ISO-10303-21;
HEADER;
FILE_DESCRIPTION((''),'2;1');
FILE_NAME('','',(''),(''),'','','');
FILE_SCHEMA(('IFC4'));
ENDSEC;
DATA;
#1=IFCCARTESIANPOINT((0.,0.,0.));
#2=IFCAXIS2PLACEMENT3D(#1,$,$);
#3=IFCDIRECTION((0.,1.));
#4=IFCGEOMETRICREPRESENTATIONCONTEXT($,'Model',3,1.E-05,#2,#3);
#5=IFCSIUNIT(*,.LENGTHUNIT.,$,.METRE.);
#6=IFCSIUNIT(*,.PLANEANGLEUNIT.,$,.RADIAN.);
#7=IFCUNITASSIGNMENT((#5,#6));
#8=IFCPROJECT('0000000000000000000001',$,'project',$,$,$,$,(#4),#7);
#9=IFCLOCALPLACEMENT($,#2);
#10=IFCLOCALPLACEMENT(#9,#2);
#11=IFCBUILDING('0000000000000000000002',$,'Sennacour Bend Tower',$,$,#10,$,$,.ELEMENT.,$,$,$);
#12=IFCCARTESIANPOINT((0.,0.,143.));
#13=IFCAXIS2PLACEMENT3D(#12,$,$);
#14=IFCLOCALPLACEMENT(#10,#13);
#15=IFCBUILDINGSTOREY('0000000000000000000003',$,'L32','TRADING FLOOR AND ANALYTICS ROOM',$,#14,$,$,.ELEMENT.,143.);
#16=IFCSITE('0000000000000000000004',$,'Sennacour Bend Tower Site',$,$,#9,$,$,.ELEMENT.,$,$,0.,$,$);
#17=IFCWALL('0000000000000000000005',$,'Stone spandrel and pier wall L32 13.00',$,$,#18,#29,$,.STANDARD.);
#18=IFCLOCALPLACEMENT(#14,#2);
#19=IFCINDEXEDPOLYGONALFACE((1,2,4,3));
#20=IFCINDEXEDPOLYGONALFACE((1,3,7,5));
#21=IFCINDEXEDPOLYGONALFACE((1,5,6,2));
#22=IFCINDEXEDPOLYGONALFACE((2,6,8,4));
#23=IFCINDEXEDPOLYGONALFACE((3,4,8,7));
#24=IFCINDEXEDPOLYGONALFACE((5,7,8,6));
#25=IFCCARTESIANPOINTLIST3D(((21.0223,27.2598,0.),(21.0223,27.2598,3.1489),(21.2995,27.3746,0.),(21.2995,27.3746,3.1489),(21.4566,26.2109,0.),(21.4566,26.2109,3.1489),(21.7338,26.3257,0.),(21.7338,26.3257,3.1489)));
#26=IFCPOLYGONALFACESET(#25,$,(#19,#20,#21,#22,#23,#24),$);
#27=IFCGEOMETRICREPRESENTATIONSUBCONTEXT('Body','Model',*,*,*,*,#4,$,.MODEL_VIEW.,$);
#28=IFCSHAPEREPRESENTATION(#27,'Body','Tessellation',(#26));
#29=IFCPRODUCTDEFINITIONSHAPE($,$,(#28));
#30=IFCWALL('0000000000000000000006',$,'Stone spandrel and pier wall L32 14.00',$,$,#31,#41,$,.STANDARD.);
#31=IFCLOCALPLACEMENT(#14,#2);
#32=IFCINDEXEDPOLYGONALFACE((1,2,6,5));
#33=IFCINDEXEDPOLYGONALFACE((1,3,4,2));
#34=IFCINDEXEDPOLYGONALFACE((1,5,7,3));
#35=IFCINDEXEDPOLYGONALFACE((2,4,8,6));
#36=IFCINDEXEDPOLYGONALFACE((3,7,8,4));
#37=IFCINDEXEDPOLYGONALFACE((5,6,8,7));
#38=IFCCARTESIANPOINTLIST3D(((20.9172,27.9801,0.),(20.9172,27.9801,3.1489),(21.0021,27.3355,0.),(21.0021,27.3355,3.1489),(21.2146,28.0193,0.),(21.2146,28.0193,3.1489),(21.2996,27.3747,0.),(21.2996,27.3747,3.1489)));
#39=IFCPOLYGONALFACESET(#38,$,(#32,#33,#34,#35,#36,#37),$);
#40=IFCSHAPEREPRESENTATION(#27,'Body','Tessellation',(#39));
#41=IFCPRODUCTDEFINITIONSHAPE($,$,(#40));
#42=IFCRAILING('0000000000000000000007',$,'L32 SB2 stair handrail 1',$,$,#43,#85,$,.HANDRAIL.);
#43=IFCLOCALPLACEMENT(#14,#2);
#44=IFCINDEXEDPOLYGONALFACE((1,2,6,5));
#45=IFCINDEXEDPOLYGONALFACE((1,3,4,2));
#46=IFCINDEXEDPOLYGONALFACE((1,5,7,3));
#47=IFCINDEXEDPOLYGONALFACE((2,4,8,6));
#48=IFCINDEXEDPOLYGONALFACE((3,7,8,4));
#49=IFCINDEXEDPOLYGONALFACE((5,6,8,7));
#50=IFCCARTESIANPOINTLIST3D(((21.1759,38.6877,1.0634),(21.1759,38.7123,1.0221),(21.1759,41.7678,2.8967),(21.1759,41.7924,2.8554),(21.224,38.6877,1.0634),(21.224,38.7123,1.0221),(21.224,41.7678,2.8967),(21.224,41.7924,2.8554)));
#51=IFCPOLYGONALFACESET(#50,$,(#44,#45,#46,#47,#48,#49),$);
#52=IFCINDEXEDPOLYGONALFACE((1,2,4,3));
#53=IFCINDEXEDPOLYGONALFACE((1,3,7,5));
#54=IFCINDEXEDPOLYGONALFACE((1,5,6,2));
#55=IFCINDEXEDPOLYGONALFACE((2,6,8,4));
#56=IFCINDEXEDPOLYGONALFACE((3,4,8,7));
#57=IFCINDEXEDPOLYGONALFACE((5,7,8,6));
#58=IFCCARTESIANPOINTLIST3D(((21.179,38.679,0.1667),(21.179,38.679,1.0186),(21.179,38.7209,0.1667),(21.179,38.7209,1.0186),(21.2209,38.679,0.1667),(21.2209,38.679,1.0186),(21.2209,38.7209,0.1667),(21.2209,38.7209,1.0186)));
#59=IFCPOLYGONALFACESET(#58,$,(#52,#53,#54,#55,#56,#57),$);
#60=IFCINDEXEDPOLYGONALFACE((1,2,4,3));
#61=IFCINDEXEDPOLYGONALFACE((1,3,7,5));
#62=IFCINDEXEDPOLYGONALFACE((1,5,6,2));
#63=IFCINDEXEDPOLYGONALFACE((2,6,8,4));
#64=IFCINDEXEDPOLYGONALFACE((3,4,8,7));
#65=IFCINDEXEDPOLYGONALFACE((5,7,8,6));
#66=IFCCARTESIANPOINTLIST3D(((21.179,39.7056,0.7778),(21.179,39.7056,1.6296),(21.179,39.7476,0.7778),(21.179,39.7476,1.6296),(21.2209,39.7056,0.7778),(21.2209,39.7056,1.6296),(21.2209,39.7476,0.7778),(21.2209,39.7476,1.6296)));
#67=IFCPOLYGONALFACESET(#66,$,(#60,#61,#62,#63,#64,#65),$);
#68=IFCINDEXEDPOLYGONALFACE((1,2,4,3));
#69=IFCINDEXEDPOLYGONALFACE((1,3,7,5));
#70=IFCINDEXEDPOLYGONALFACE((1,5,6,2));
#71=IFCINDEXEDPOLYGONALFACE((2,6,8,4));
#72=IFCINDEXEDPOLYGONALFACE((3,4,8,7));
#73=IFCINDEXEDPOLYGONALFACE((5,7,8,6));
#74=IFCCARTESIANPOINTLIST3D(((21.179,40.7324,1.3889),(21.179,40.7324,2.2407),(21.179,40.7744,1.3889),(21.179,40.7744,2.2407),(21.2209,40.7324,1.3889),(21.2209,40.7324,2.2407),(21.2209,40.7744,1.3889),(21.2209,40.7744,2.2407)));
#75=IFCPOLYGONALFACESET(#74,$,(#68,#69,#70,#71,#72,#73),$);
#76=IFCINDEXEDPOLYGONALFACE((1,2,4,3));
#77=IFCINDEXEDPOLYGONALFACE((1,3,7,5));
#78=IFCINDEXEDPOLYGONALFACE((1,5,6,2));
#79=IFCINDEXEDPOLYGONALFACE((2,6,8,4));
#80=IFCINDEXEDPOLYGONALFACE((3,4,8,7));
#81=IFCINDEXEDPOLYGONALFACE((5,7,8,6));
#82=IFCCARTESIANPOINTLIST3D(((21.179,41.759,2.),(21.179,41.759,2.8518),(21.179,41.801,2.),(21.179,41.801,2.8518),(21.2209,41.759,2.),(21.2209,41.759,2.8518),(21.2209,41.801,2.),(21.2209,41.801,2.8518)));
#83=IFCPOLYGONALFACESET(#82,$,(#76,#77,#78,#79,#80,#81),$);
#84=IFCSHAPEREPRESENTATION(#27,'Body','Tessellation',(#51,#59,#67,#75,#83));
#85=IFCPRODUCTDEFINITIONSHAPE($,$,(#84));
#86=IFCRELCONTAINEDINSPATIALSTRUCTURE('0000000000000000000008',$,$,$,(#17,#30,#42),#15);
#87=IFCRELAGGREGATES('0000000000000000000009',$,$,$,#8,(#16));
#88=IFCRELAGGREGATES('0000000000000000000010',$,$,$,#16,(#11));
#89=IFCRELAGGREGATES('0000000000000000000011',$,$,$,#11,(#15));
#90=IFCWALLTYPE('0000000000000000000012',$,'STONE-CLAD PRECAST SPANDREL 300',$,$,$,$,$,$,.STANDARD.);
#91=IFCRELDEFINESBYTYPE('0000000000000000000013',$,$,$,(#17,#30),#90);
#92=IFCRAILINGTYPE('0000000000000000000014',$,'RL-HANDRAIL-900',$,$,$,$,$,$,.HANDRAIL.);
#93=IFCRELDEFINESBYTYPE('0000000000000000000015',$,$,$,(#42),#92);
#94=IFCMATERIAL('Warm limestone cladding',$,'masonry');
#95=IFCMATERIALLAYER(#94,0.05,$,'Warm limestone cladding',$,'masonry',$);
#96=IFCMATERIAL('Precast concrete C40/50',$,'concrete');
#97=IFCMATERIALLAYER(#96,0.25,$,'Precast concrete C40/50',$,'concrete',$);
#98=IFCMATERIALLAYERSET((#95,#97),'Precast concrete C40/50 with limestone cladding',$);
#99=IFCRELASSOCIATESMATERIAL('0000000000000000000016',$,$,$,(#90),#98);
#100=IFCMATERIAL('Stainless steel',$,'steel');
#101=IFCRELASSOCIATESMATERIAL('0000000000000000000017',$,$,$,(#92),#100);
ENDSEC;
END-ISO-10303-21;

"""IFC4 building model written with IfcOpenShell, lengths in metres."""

from ifc_helpers import new_model, si_unit, direction, frame, frame_2d, origin, origin_2d, place, context, subcontext, project, spatial, rectangle, extrude, material, layer, layer_set, type_object, element, save


model = new_model("IFC4")

# Units and contexts
model_context = context("Model", 3, precision=1e-05, world=origin(), true_north=direction((0.0, 1.0)))
body_context = subcontext(model_context, "Body", "Model", "MODEL_VIEW")
ifc_project = project(units=[si_unit("LENGTHUNIT", "METRE"), si_unit("PLANEANGLEUNIT", "RADIAN")], contexts=[model_context])

# Site, building, storey
site_placement = place(None, origin())
site = spatial("IfcSite", under=ifc_project, at=site_placement, Name="Sennacour Bend Tower Site", CompositionType="ELEMENT", RefElevation=0.0)
building_placement = place(site_placement, origin())
building = spatial("IfcBuilding", under=site, at=building_placement, Name="Sennacour Bend Tower", CompositionType="ELEMENT")
storey_placement = place(building_placement, frame((0.0, 0.0, 143.0)))
storey = spatial("IfcBuildingStorey", under=building, at=storey_placement, Name="L32", Description="TRADING FLOOR AND ANALYTICS ROOM", CompositionType="ELEMENT", Elevation=143.0)

# Walls
ifc_material_1 = material(Name="Warm limestone cladding", Category="masonry")
ifc_layer_1 = layer(ifc_material_1, 0.05, Name="Warm limestone cladding", Category="masonry")
ifc_material_2 = material(Name="Precast concrete C40/50", Category="concrete")
ifc_layer_2 = layer(ifc_material_2, 0.25, Name="Precast concrete C40/50", Category="concrete")
ifc_layer_set_1 = layer_set([ifc_layer_1, ifc_layer_2], Name="Precast concrete C40/50 with limestone cladding")
wall_type_1 = type_object("IfcWallType", Name="STONE-CLAD PRECAST SPANDREL 300", PredefinedType="STANDARD", material=ifc_layer_set_1)
wall_1_placement = place(storey_placement, frame((21.5952, 26.2683, 0.0), z_axis=(0.0, 0.0, 1.0), x_axis=(-0.382599, 0.923915, 0.0)))
element("IfcWall", 1, at=wall_1_placement, inside=storey, type_object=wall_type_1, Name="Stone spandrel and pier wall L32 13.00", PredefinedType="STANDARD", context=body_context, shape_type="SweptSolid", body=[
    extrude(rectangle(XDim=1.1353, YDim=0.3, at=frame_2d((0.5676, 0.0))), origin(), (0.0, 0.0, 1.0), 3.1489),
])
wall_2_placement = place(storey_placement, frame((21.1509, 27.355, 0.0), z_axis=(0.0, 0.0, 1.0), x_axis=(-0.130688, 0.991424, 0.0)))
element("IfcWall", 2, at=wall_2_placement, inside=storey, type_object=wall_type_1, Name="Stone spandrel and pier wall L32 14.00", PredefinedType="STANDARD", context=body_context, shape_type="SweptSolid", body=[
    extrude(rectangle(XDim=0.6501, YDim=0.3, at=frame_2d((0.3252, 0.0))), origin(), (0.0, 0.0, 1.0), 3.1489),
])

# Railing
ifc_material_3 = material(Name="Stainless steel", Category="steel")
railing_type = type_object("IfcRailingType", Name="RL-HANDRAIL-900", PredefinedType="HANDRAIL", material=ifc_material_3)
railing_placement = place(storey_placement, frame((21.2, 38.7, 0.1667)))
element("IfcRailing", 3, at=railing_placement, inside=storey, type_object=railing_type, Name="L32 SB2 stair handrail 1", PredefinedType="HANDRAIL", context=body_context, shape_type="SweptSolid", body=[
    extrude(rectangle(XDim=0.0481, YDim=0.0481, at=origin_2d()), frame((0.0, 0.0, 0.876), z_axis=(0.0, 0.859309, 0.511458), x_axis=(-1.0, 0.0, 0.0)), (0.0, 0.0, 1.0), 3.5845),
    extrude(rectangle(XDim=0.042, YDim=0.042, at=origin_2d()), origin(), (0.0, 0.0, 1.0), 0.8518),
    extrude(rectangle(XDim=0.042, YDim=0.042, at=origin_2d()), frame((0.0, 1.0266, 0.6111)), (0.0, 0.0, 1.0), 0.8518),
    extrude(rectangle(XDim=0.042, YDim=0.042, at=origin_2d()), frame((0.0, 2.0535, 1.2222)), (0.0, 0.0, 1.0), 0.8518),
    extrude(rectangle(XDim=0.042, YDim=0.042, at=origin_2d()), frame((0.0, 3.0801, 1.8333)), (0.0, 0.0, 1.0), 0.8518),
])

save(model, "model.ifc")
